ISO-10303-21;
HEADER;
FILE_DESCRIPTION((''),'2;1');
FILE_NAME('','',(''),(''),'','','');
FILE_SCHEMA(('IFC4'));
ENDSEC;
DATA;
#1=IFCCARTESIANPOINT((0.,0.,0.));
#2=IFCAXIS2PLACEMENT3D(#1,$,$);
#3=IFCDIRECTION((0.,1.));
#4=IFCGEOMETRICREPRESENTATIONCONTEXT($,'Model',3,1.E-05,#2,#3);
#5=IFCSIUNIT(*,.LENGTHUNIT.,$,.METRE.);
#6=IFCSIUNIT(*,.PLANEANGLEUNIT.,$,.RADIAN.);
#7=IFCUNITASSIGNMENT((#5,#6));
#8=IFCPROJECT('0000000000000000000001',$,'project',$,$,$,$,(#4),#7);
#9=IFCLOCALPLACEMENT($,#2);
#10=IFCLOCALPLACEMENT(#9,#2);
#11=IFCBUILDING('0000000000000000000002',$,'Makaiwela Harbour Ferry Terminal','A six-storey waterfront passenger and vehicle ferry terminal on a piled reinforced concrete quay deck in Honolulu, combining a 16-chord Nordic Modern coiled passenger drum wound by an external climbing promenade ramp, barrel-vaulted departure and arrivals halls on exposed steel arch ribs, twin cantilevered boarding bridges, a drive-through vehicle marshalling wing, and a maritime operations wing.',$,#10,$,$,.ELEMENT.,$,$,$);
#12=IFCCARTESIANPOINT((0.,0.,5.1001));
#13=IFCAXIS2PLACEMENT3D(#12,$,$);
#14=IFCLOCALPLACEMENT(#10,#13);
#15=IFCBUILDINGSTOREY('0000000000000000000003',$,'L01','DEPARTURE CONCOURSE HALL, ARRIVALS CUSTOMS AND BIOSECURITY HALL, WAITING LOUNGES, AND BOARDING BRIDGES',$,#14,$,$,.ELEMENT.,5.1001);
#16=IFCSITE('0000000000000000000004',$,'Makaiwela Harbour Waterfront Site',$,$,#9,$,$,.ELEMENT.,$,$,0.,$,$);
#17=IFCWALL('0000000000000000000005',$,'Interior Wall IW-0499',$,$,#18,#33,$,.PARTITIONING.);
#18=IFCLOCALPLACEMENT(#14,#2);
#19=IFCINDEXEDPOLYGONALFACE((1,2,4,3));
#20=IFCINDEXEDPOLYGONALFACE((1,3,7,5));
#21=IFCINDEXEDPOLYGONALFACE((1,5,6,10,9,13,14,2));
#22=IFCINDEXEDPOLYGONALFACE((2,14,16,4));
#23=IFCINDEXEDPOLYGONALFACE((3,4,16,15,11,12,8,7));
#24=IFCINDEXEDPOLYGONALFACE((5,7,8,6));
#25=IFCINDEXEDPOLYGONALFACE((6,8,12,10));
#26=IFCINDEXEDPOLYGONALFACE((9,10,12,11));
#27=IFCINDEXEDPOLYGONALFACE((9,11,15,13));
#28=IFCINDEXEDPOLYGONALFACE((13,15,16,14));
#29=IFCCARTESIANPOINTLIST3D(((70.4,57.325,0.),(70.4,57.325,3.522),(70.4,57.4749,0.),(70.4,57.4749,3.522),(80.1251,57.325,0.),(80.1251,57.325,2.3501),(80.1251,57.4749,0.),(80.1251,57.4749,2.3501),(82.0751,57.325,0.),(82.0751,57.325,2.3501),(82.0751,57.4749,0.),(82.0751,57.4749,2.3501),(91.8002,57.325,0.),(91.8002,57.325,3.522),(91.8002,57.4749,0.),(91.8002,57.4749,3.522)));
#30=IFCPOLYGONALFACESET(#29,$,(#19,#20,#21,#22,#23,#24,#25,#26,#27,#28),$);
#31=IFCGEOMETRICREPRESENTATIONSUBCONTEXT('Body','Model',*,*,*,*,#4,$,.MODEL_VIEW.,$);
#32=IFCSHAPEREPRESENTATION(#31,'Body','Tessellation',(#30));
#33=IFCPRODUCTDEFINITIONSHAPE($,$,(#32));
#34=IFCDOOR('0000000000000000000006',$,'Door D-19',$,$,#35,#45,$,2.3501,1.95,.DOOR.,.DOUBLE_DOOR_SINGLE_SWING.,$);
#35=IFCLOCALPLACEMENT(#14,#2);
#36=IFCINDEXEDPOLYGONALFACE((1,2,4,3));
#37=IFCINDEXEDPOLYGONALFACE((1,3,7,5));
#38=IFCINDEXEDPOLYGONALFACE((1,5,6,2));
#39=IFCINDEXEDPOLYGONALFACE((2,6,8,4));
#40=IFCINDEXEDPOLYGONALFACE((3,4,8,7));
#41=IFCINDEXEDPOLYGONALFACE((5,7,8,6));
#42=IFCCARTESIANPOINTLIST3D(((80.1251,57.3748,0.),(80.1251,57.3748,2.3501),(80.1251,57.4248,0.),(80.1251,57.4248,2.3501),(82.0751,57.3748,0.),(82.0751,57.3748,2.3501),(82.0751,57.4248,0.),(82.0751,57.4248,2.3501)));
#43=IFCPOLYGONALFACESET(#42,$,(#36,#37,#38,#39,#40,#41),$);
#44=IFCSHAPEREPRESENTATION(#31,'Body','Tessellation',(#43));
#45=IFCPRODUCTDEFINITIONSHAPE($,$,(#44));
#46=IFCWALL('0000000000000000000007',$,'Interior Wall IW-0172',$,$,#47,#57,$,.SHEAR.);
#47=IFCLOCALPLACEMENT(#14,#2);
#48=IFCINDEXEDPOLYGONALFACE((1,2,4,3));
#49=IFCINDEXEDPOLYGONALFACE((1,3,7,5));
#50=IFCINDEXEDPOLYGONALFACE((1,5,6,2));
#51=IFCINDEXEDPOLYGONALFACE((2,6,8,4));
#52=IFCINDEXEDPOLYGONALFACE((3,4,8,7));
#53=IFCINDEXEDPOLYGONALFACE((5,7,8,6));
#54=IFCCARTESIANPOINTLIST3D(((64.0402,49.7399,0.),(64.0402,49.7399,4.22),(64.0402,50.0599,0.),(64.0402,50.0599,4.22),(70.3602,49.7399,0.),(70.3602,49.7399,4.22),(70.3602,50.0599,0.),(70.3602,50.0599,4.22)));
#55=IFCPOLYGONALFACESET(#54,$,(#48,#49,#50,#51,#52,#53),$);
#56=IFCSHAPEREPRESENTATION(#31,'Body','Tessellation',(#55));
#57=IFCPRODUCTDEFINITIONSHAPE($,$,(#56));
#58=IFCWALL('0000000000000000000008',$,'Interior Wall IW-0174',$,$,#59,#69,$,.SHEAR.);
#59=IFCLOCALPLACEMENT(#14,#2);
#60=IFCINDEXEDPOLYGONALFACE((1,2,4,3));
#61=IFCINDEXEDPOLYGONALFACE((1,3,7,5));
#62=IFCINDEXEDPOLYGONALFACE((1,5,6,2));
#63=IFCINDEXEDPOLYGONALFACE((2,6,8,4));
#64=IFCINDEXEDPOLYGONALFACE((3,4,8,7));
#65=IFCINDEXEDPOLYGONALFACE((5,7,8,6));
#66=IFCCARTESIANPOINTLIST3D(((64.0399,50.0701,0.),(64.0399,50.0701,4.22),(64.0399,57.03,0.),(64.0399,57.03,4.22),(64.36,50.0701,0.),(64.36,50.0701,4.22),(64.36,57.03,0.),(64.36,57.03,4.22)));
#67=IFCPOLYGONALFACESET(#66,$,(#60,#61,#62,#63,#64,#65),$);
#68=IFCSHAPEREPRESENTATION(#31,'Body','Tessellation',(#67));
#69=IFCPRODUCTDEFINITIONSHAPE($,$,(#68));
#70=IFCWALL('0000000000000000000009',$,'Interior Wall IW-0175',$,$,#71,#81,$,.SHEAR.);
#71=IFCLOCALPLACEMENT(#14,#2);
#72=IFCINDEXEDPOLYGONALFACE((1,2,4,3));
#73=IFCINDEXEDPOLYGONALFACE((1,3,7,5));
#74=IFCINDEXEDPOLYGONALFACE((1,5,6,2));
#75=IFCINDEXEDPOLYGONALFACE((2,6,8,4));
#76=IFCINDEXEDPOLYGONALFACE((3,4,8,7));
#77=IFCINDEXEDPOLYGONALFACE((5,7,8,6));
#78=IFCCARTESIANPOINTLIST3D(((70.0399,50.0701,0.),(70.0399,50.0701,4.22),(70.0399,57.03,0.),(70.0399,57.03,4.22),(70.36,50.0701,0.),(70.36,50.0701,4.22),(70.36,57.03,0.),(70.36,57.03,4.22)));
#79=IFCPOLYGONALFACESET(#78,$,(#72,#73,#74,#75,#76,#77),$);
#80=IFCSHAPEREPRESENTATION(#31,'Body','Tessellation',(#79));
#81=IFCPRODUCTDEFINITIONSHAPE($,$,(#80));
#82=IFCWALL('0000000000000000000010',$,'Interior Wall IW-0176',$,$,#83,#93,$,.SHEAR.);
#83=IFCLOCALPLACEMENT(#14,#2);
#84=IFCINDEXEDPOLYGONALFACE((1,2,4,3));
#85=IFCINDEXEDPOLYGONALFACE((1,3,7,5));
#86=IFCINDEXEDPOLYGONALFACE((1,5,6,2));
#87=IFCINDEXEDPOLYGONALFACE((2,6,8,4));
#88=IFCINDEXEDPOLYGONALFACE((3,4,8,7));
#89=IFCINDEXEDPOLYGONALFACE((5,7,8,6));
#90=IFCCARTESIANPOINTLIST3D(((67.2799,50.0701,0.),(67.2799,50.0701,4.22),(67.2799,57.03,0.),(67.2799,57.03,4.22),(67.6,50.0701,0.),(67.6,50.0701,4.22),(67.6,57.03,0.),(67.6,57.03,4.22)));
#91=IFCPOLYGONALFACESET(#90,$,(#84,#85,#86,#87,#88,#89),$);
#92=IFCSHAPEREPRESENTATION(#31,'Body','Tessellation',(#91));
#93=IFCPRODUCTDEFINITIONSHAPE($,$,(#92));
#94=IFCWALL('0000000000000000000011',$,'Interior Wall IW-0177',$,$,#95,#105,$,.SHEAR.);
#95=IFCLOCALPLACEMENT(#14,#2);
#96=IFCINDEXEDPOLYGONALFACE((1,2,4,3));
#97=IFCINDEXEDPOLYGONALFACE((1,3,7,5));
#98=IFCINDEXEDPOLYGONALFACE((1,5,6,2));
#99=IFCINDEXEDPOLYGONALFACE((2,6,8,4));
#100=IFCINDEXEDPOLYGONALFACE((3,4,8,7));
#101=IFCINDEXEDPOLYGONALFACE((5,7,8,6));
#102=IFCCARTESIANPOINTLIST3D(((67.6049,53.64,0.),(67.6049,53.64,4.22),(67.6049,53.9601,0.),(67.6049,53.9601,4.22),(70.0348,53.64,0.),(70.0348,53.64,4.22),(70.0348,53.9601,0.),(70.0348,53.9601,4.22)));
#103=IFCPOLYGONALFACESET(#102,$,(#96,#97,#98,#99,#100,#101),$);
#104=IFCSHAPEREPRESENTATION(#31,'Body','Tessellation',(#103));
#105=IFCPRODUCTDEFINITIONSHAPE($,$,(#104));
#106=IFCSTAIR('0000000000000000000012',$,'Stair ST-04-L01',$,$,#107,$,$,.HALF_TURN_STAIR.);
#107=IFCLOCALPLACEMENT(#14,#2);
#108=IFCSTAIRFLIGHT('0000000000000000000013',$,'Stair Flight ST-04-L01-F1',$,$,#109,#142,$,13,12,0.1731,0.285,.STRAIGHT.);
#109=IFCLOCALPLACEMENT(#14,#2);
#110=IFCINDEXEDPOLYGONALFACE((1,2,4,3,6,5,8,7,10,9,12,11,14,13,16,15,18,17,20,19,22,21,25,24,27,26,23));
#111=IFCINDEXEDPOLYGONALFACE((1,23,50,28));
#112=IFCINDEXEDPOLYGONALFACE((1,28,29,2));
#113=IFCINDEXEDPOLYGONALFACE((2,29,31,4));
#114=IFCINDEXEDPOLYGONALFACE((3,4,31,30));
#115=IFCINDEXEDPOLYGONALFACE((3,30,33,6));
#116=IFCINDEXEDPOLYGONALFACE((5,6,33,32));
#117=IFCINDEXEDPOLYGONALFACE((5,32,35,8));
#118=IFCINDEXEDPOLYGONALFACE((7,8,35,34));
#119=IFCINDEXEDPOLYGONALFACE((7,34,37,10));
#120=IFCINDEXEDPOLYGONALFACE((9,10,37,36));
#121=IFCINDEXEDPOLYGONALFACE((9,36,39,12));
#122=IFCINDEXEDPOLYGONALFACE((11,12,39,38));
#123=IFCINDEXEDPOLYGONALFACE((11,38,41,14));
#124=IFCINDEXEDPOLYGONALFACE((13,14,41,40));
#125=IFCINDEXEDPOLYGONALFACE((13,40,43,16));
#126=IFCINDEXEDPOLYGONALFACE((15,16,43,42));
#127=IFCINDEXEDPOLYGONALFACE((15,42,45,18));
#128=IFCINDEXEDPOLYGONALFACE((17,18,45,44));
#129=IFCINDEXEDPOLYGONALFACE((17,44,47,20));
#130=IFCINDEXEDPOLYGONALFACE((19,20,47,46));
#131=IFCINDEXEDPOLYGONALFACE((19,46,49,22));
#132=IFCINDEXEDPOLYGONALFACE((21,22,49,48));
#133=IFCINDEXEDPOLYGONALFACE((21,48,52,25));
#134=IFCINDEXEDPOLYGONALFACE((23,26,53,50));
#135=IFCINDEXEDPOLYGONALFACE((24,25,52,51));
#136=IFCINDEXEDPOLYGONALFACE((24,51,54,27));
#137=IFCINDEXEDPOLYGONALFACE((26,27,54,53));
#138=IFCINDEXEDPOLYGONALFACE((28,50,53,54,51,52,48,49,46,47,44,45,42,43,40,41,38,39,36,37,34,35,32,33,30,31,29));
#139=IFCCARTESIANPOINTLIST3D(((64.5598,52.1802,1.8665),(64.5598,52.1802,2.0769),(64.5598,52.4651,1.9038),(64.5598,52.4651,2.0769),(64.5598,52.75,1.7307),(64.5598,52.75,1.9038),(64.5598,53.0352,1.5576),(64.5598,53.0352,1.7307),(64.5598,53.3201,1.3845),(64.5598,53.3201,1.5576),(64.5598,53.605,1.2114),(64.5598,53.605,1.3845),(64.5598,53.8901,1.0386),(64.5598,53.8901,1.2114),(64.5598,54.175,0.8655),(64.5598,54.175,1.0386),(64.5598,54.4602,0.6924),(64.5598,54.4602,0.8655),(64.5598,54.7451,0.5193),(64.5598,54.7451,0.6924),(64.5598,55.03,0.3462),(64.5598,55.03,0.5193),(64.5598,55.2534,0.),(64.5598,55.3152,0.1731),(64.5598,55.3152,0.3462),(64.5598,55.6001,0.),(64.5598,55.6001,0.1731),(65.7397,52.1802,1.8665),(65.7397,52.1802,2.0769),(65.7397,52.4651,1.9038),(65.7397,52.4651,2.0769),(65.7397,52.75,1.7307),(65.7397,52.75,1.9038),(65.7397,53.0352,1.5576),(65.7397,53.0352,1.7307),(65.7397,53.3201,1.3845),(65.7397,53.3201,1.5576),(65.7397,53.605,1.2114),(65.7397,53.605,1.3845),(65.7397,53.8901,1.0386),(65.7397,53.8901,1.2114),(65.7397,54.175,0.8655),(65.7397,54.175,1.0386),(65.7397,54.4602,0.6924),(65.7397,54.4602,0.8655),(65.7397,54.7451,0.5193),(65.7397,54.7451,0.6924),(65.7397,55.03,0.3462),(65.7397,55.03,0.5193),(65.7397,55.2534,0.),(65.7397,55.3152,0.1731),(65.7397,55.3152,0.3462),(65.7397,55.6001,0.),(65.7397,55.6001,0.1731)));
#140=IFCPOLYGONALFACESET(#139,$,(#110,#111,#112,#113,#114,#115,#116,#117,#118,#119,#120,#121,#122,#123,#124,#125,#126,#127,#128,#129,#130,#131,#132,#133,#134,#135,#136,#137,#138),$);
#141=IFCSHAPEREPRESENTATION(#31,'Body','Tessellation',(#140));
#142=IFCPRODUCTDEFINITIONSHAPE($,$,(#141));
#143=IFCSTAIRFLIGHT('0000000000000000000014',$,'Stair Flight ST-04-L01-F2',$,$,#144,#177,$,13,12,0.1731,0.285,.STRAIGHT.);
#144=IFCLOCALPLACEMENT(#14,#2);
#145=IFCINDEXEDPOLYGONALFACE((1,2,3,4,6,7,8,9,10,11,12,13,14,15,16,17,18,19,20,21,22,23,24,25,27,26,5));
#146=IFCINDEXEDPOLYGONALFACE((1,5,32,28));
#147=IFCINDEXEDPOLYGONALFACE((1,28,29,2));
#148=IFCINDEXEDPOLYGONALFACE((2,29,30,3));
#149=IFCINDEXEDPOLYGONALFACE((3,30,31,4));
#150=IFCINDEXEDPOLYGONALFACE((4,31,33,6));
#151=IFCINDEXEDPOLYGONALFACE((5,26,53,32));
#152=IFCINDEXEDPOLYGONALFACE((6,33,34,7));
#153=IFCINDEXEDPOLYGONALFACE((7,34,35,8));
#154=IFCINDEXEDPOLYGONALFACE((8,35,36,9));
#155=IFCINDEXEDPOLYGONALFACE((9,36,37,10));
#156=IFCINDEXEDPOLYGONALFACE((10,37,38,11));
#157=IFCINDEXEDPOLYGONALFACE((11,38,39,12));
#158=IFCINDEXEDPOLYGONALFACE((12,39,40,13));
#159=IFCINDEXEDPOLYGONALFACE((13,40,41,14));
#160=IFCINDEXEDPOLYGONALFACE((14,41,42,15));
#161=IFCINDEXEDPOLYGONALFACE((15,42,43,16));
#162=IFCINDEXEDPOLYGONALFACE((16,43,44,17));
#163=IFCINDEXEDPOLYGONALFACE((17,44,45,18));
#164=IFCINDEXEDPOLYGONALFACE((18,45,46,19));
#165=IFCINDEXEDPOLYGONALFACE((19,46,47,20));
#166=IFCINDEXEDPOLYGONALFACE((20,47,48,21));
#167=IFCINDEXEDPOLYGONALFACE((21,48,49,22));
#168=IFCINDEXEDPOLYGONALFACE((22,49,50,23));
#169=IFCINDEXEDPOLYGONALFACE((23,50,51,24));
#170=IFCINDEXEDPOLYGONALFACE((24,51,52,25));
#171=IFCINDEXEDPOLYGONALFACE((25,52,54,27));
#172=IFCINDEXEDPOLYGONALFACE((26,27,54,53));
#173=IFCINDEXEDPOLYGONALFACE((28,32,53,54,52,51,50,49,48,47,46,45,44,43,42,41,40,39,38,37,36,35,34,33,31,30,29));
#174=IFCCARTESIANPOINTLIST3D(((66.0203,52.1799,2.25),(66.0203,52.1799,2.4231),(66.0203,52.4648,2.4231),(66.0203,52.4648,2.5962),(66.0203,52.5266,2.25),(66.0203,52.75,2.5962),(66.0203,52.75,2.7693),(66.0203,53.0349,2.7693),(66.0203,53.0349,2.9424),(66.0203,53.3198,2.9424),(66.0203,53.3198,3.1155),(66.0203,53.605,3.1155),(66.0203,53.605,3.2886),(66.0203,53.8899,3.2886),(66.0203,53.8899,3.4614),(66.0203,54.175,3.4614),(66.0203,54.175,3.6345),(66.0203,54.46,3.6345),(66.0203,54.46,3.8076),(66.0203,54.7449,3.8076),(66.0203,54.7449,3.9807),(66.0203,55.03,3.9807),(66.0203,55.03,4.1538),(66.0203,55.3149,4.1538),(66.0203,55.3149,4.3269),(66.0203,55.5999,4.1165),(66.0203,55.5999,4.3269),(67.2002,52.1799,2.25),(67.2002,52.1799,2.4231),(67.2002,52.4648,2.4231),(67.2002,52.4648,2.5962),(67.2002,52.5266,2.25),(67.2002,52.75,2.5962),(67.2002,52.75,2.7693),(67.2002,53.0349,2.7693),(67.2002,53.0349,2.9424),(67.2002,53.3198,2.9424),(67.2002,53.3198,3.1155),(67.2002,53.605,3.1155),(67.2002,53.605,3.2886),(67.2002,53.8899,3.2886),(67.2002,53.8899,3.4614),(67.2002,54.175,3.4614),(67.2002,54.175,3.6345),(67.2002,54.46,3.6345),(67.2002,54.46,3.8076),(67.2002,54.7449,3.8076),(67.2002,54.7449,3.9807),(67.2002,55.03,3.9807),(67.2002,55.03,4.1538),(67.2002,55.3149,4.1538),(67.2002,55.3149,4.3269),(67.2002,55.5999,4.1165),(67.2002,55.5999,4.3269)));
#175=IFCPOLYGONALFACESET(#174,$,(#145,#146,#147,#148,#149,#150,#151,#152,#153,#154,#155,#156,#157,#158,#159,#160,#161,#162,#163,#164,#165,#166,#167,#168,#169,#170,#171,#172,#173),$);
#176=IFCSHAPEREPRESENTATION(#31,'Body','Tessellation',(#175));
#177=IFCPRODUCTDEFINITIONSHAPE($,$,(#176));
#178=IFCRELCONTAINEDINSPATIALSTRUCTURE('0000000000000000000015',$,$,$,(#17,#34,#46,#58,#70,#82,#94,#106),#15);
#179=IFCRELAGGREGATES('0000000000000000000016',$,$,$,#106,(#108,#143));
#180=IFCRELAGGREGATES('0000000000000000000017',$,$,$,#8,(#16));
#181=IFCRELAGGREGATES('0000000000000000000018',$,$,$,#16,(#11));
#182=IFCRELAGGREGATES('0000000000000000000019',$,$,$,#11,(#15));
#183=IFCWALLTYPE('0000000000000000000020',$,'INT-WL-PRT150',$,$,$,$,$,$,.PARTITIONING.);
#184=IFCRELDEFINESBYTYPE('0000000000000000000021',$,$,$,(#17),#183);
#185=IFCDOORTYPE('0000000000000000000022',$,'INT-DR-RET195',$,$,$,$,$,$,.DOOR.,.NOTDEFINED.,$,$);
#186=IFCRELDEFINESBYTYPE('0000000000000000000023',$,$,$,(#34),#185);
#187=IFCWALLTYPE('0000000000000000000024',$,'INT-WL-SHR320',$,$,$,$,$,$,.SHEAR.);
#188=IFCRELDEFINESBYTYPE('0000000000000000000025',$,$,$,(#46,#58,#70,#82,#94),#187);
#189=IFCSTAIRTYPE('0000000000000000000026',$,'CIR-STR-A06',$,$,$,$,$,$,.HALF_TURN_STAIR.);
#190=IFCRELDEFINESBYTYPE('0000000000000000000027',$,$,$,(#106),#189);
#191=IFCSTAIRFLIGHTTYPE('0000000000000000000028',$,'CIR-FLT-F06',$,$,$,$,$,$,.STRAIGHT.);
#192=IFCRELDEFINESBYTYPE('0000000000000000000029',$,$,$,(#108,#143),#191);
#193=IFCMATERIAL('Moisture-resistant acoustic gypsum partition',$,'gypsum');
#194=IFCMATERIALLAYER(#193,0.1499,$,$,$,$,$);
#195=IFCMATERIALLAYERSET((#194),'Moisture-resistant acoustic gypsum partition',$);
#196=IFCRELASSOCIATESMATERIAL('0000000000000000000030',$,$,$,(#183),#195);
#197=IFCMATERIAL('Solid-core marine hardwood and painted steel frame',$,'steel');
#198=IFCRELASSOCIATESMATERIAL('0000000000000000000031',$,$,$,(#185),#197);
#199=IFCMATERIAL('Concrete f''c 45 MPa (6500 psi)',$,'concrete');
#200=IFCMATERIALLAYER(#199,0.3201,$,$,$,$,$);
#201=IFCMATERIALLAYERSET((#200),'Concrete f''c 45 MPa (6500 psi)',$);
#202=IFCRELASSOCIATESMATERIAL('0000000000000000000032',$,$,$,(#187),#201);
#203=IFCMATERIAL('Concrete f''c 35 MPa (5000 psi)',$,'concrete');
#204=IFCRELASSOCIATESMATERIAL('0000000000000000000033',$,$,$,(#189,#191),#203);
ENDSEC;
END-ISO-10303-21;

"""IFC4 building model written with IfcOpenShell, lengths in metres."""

from ifc_helpers import new_model, si_unit, direction, frame, frame_2d, origin, place, context, subcontext, project, spatial, polyline, rectangle, outline, extrude, material, layer, layer_set, type_object, element, fill, aggregate, save


model = new_model("IFC4")

# Units and contexts
model_context = context("Model", 3, precision=1e-05, world=origin(), true_north=direction((0.0, 1.0)))
body_context = subcontext(model_context, "Body", "Model", "MODEL_VIEW")
ifc_project = project(units=[si_unit("LENGTHUNIT", "METRE"), si_unit("PLANEANGLEUNIT", "RADIAN")], contexts=[model_context])

# Site, building, storey
site_placement = place(None, origin())
site = spatial("IfcSite", under=ifc_project, at=site_placement, Name="Makaiwela Harbour Waterfront Site", CompositionType="ELEMENT", RefElevation=0.0)
building_placement = place(site_placement, origin())
building = spatial("IfcBuilding", under=site, at=building_placement, Name="Makaiwela Harbour Ferry Terminal", Description="A six-storey waterfront passenger and vehicle ferry terminal on a piled reinforced concrete quay deck in Honolulu, combining a 16-chord Nordic Modern coiled passenger drum wound by an external climbing promenade ramp, barrel-vaulted departure and arrivals halls on exposed steel arch ribs, twin cantilevered boarding bridges, a drive-through vehicle marshalling wing, and a maritime operations wing.", CompositionType="ELEMENT")
storey_placement = place(building_placement, frame((0.0, 0.0, 5.1001)))
storey = spatial("IfcBuildingStorey", under=building, at=storey_placement, Name="L01", Description="DEPARTURE CONCOURSE HALL, ARRIVALS CUSTOMS AND BIOSECURITY HALL, WAITING LOUNGES, AND BOARDING BRIDGES", CompositionType="ELEMENT", Elevation=5.1001)

# Wall, opening, door
ifc_material_1 = material(Name="Moisture-resistant acoustic gypsum partition", Category="gypsum")
ifc_layer_1 = layer(ifc_material_1, 0.1499)
ifc_layer_set_1 = layer_set([ifc_layer_1], Name="Moisture-resistant acoustic gypsum partition")
wall_type_1 = type_object("IfcWallType", Name="INT-WL-PRT150", PredefinedType="PARTITIONING", material=ifc_layer_set_1)
wall_1_placement = place(storey_placement, frame((70.3999, 57.3999, 0.0), z_axis=(0.0, 0.0, 1.0), x_axis=(1.0, 0.0, 0.0)))
wall_1 = element("IfcWall", 1, at=wall_1_placement, inside=storey, type_object=wall_type_1, Name="Interior Wall IW-0499", PredefinedType="PARTITIONING", context=body_context, shape_type="SweptSolid", body=[
    extrude(rectangle(XDim=21.4001, YDim=0.1499, at=frame_2d((10.7002, 0.0))), origin(), (0.0, 0.0, 1.0), 3.522),
])
opening_1_placement = place(wall_1_placement, frame((9.7251, 0.0, 0.0)))
opening_1 = element("IfcOpeningElement", 2, at=opening_1_placement, cuts=wall_1, PredefinedType="OPENING", context=body_context, shape_type="SweptSolid", body=[
    extrude(rectangle(XDim=1.95, YDim=2.3501, at=frame_2d((0.9751, 1.175))), frame((0.0, 0.085, 0.0), z_axis=(0.0, -1.0, 0.0), x_axis=(1.0, 0.0, 0.0)), (0.0, 0.0, 1.0), 0.1699),
])
ifc_material_2 = material(Name="Solid-core marine hardwood and painted steel frame", Category="steel")
door_type_1 = type_object("IfcDoorType", Name="INT-DR-RET195", OperationType="NOTDEFINED", PredefinedType="DOOR", material=ifc_material_2)
door_1_placement = place(opening_1_placement, origin())
door_1 = element("IfcDoor", 3, at=door_1_placement, inside=storey, type_object=door_type_1, Name="Door D-19", OperationType="DOUBLE_DOOR_SINGLE_SWING", OverallHeight=2.3501, OverallWidth=1.95, PredefinedType="DOOR", context=body_context, shape_type="SweptSolid", body=[
    extrude(rectangle(XDim=1.95, YDim=2.3501, at=frame_2d((0.9751, 1.175))), frame((0.0, 0.0249, 0.0), z_axis=(0.0, -1.0, 0.0), x_axis=(1.0, 0.0, 0.0)), (0.0, 0.0, 1.0), 0.05),
])
fill(opening_1, door_1)

# Wall
ifc_material_3 = material(Name="Concrete f'c 45 MPa (6500 psi)", Category="concrete")
ifc_layer_2 = layer(ifc_material_3, 0.3201)
ifc_layer_set_2 = layer_set([ifc_layer_2], Name="Concrete f'c 45 MPa (6500 psi)")
wall_type_2 = type_object("IfcWallType", Name="INT-WL-SHR320", PredefinedType="SHEAR", material=ifc_layer_set_2)
wall_2_placement = place(storey_placement, frame((64.04, 49.8999, 0.0), z_axis=(0.0, 0.0, 1.0), x_axis=(1.0, 0.0, 0.0)))
element("IfcWall", 4, at=wall_2_placement, inside=storey, type_object=wall_type_2, Name="Interior Wall IW-0172", PredefinedType="SHEAR", context=body_context, shape_type="SweptSolid", body=[
    extrude(rectangle(XDim=6.3201, YDim=0.3201, at=frame_2d((3.1602, 0.0))), origin(), (0.0, 0.0, 1.0), 4.22),
])

# Walls
for number, where, z_axis, x_axis, name in (
    (5, (64.2, 50.0701, 0.0), (0.0, 0.0, 1.0), (0.0, 1.0, 0.0), "Interior Wall IW-0174"),
    (6, (70.2, 50.0701, 0.0), (0.0, 0.0, 1.0), (0.0, 1.0, 0.0), "Interior Wall IW-0175"),
    (7, (67.4399, 50.0701, 0.0), (0.0, 0.0, 1.0), (0.0, 1.0, 0.0), "Interior Wall IW-0176"),
):
    element("IfcWall", number, at=place(storey_placement, frame(where, z_axis=z_axis, x_axis=x_axis)), inside=storey, type_object=wall_type_2, Name=name, PredefinedType="SHEAR", context=body_context, shape_type="SweptSolid", body=[
        extrude(rectangle(XDim=6.96, YDim=0.3201, at=frame_2d((3.48, 0.0))), origin(), (0.0, 0.0, 1.0), 4.22),
    ])
wall_3_placement = place(storey_placement, frame((67.605, 53.8, 0.0), z_axis=(0.0, 0.0, 1.0), x_axis=(1.0, 0.0, 0.0)))
element("IfcWall", 8, at=wall_3_placement, inside=storey, type_object=wall_type_2, Name="Interior Wall IW-0177", PredefinedType="SHEAR", context=body_context, shape_type="SweptSolid", body=[
    extrude(rectangle(XDim=2.4299, YDim=0.3201, at=frame_2d((1.2148, 0.0))), origin(), (0.0, 0.0, 1.0), 4.22),
])

# Stair, stair flights
ifc_material_4 = material(Name="Concrete f'c 35 MPa (5000 psi)", Category="concrete")
stair_type = type_object("IfcStairType", Name="CIR-STR-A06", PredefinedType="HALF_TURN_STAIR", material=ifc_material_4)
stair_placement = place(storey_placement, origin())
stair = element("IfcStair", 9, at=stair_placement, inside=storey, type_object=stair_type, Name="Stair ST-04-L01", PredefinedType="HALF_TURN_STAIR")
stair_flight_type = type_object("IfcStairFlightType", Name="CIR-FLT-F06", PredefinedType="STRAIGHT", material=ifc_material_4)
stair_flight_1_placement = place(storey_placement, frame((65.1499, 55.6001, 0.0), z_axis=(0.0, 0.0, 1.0), x_axis=(0.0, -1.0, 0.0)))
stair_flight_1 = element("IfcStairFlight", 10, at=stair_flight_1_placement, type_object=stair_flight_type, Name="Stair Flight ST-04-L01-F1", NumberOfRisers=13, NumberOfTreads=12, PredefinedType="STRAIGHT", RiserHeight=0.1731, TreadLength=0.285, context=body_context, shape_type="SweptSolid", body=[
    extrude(outline(polyline([(0.0, 0.0), (0.0, 0.1731), (0.2849, 0.1731), (0.2849, 0.3462), (0.5701, 0.3462), (0.5701, 0.5193), (0.855, 0.5193), (0.855, 0.6924), (1.1399, 0.6924), (1.1399, 0.8655), (1.425, 0.8655), (1.425, 1.0386), (1.71, 1.0386), (1.71, 1.2114), (1.9951, 1.2114), (1.9951, 1.3845), (2.28, 1.3845), (2.28, 1.5576), (2.5649, 1.5576), (2.5649, 1.7307), (2.8501, 1.7307), (2.8501, 1.9038), (3.135, 1.9038), (3.135, 2.0769), (3.4199, 2.0769), (3.4199, 2.25), (3.4199, 1.8665), (0.3467, 0.0), (0.0, 0.0)])), frame((0.0, 0.5898, 0.0), z_axis=(0.0, -1.0, 0.0), x_axis=(1.0, 0.0, 0.0)), (0.0, 0.0, 1.0), 1.1799),
])
stair_flight_2_placement = place(storey_placement, frame((66.6101, 52.1799, 2.25), z_axis=(0.0, 0.0, 1.0), x_axis=(0.0, 1.0, 0.0)))
stair_flight_2 = element("IfcStairFlight", 11, at=stair_flight_2_placement, type_object=stair_flight_type, Name="Stair Flight ST-04-L01-F2", NumberOfRisers=13, NumberOfTreads=12, PredefinedType="STRAIGHT", RiserHeight=0.1731, TreadLength=0.285, context=body_context, shape_type="SweptSolid", body=[
    extrude(outline(polyline([(0.0, 0.0), (0.0, 0.1731), (0.2849, 0.1731), (0.2849, 0.3462), (0.5701, 0.3462), (0.5701, 0.5193), (0.855, 0.5193), (0.855, 0.6924), (1.1399, 0.6924), (1.1399, 0.8655), (1.425, 0.8655), (1.425, 1.0386), (1.71, 1.0386), (1.71, 1.2114), (1.9951, 1.2114), (1.9951, 1.3845), (2.28, 1.3845), (2.28, 1.5576), (2.5649, 1.5576), (2.5649, 1.7307), (2.8501, 1.7307), (2.8501, 1.9038), (3.135, 1.9038), (3.135, 2.0769), (3.4199, 2.0769), (3.4199, 2.25), (3.4199, 1.8665), (0.3467, 0.0), (0.0, 0.0)])), frame((0.0, 0.5898, 0.0), z_axis=(0.0, -1.0, 0.0), x_axis=(1.0, 0.0, 0.0)), (0.0, 0.0, 1.0), 1.1799),
])
aggregate(stair, [stair_flight_1, stair_flight_2])

save(model, "model.ifc")
